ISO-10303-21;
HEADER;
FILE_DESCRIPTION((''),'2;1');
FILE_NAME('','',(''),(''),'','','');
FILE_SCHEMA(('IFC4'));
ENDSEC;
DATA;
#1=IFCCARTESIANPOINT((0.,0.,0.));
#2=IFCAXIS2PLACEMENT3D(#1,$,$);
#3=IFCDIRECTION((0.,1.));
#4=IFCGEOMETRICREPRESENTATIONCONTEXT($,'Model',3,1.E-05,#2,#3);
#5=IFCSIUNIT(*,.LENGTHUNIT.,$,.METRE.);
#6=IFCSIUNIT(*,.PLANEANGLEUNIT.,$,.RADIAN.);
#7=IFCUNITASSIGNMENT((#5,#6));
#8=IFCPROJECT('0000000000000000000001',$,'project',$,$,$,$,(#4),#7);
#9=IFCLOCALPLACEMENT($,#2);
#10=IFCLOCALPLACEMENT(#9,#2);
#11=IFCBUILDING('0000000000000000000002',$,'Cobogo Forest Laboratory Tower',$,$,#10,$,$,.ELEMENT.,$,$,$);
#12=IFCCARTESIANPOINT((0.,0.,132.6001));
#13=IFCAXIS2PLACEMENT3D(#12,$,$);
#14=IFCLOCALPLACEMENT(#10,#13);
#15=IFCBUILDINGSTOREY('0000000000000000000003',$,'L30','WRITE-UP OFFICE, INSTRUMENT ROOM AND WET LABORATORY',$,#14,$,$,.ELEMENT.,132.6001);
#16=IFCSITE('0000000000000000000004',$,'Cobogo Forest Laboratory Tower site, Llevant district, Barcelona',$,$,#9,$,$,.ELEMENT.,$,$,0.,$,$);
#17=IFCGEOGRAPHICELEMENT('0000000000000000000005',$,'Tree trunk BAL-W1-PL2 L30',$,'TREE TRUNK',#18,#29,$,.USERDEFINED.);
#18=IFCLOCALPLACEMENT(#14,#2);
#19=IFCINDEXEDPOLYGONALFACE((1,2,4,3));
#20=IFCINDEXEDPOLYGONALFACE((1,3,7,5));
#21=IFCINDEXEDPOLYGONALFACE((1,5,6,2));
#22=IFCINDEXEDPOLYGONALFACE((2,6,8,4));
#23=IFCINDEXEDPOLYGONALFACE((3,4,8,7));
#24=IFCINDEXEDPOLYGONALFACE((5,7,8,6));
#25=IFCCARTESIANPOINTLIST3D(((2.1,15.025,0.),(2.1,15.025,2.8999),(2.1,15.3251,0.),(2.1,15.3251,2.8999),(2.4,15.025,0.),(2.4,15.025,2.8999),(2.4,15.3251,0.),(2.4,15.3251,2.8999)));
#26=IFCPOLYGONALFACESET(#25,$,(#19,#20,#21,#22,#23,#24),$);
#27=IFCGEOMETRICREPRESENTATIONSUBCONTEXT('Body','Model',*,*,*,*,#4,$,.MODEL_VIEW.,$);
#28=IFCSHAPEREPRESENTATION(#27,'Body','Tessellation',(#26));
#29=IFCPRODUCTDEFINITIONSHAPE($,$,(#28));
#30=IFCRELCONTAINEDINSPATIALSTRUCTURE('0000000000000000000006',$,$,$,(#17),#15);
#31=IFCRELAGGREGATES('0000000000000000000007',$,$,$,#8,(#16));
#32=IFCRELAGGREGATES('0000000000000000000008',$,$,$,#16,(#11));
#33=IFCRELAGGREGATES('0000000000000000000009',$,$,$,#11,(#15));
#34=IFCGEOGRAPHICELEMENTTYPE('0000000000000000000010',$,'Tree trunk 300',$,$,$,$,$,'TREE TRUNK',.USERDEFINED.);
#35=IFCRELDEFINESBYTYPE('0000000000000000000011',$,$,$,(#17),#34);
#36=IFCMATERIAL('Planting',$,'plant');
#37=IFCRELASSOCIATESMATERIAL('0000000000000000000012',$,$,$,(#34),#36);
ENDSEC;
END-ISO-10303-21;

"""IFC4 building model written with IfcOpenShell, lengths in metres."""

from ifc_helpers import new_model, si_unit, direction, frame, origin, origin_2d, place, context, subcontext, project, spatial, rectangle, extrude, material, type_object, element, save


model = new_model("IFC4")

# Units and contexts
model_context = context("Model", 3, precision=1e-05, world=origin(), true_north=direction((0.0, 1.0)))
body_context = subcontext(model_context, "Body", "Model", "MODEL_VIEW")
ifc_project = project(units=[si_unit("LENGTHUNIT", "METRE"), si_unit("PLANEANGLEUNIT", "RADIAN")], contexts=[model_context])

# Site, building, storey
site_placement = place(None, origin())
site = spatial("IfcSite", under=ifc_project, at=site_placement, Name="Cobogo Forest Laboratory Tower site, Llevant district, Barcelona", CompositionType="ELEMENT", RefElevation=0.0)
building_placement = place(site_placement, origin())
building = spatial("IfcBuilding", under=site, at=building_placement, Name="Cobogo Forest Laboratory Tower", CompositionType="ELEMENT")
storey_placement = place(building_placement, frame((0.0, 0.0, 132.6001)))
storey = spatial("IfcBuildingStorey", under=building, at=storey_placement, Name="L30", Description="WRITE-UP OFFICE, INSTRUMENT ROOM AND WET LABORATORY", CompositionType="ELEMENT", Elevation=132.6001)

# Geographic element
ifc_material_1 = material(Name="Planting", Category="plant")
geographic_element_type = type_object("IfcGeographicElementType", Name="Tree trunk 300", ElementType="TREE TRUNK", PredefinedType="USERDEFINED", material=ifc_material_1)
geographic_element_placement = place(storey_placement, frame((2.25, 15.175, 0.0), z_axis=(0.0, 0.0, 1.0), x_axis=(1.0, 0.0, 0.0)))
element("IfcGeographicElement", 1, at=geographic_element_placement, inside=storey, type_object=geographic_element_type, Name="Tree trunk BAL-W1-PL2 L30", ObjectType="TREE TRUNK", PredefinedType="USERDEFINED", context=body_context, shape_type="SweptSolid", body=[
    extrude(rectangle(XDim=0.3, YDim=0.3, at=origin_2d()), origin(), (0.0, 0.0, 1.0), 2.8999),
])

save(model, "model.ifc")
